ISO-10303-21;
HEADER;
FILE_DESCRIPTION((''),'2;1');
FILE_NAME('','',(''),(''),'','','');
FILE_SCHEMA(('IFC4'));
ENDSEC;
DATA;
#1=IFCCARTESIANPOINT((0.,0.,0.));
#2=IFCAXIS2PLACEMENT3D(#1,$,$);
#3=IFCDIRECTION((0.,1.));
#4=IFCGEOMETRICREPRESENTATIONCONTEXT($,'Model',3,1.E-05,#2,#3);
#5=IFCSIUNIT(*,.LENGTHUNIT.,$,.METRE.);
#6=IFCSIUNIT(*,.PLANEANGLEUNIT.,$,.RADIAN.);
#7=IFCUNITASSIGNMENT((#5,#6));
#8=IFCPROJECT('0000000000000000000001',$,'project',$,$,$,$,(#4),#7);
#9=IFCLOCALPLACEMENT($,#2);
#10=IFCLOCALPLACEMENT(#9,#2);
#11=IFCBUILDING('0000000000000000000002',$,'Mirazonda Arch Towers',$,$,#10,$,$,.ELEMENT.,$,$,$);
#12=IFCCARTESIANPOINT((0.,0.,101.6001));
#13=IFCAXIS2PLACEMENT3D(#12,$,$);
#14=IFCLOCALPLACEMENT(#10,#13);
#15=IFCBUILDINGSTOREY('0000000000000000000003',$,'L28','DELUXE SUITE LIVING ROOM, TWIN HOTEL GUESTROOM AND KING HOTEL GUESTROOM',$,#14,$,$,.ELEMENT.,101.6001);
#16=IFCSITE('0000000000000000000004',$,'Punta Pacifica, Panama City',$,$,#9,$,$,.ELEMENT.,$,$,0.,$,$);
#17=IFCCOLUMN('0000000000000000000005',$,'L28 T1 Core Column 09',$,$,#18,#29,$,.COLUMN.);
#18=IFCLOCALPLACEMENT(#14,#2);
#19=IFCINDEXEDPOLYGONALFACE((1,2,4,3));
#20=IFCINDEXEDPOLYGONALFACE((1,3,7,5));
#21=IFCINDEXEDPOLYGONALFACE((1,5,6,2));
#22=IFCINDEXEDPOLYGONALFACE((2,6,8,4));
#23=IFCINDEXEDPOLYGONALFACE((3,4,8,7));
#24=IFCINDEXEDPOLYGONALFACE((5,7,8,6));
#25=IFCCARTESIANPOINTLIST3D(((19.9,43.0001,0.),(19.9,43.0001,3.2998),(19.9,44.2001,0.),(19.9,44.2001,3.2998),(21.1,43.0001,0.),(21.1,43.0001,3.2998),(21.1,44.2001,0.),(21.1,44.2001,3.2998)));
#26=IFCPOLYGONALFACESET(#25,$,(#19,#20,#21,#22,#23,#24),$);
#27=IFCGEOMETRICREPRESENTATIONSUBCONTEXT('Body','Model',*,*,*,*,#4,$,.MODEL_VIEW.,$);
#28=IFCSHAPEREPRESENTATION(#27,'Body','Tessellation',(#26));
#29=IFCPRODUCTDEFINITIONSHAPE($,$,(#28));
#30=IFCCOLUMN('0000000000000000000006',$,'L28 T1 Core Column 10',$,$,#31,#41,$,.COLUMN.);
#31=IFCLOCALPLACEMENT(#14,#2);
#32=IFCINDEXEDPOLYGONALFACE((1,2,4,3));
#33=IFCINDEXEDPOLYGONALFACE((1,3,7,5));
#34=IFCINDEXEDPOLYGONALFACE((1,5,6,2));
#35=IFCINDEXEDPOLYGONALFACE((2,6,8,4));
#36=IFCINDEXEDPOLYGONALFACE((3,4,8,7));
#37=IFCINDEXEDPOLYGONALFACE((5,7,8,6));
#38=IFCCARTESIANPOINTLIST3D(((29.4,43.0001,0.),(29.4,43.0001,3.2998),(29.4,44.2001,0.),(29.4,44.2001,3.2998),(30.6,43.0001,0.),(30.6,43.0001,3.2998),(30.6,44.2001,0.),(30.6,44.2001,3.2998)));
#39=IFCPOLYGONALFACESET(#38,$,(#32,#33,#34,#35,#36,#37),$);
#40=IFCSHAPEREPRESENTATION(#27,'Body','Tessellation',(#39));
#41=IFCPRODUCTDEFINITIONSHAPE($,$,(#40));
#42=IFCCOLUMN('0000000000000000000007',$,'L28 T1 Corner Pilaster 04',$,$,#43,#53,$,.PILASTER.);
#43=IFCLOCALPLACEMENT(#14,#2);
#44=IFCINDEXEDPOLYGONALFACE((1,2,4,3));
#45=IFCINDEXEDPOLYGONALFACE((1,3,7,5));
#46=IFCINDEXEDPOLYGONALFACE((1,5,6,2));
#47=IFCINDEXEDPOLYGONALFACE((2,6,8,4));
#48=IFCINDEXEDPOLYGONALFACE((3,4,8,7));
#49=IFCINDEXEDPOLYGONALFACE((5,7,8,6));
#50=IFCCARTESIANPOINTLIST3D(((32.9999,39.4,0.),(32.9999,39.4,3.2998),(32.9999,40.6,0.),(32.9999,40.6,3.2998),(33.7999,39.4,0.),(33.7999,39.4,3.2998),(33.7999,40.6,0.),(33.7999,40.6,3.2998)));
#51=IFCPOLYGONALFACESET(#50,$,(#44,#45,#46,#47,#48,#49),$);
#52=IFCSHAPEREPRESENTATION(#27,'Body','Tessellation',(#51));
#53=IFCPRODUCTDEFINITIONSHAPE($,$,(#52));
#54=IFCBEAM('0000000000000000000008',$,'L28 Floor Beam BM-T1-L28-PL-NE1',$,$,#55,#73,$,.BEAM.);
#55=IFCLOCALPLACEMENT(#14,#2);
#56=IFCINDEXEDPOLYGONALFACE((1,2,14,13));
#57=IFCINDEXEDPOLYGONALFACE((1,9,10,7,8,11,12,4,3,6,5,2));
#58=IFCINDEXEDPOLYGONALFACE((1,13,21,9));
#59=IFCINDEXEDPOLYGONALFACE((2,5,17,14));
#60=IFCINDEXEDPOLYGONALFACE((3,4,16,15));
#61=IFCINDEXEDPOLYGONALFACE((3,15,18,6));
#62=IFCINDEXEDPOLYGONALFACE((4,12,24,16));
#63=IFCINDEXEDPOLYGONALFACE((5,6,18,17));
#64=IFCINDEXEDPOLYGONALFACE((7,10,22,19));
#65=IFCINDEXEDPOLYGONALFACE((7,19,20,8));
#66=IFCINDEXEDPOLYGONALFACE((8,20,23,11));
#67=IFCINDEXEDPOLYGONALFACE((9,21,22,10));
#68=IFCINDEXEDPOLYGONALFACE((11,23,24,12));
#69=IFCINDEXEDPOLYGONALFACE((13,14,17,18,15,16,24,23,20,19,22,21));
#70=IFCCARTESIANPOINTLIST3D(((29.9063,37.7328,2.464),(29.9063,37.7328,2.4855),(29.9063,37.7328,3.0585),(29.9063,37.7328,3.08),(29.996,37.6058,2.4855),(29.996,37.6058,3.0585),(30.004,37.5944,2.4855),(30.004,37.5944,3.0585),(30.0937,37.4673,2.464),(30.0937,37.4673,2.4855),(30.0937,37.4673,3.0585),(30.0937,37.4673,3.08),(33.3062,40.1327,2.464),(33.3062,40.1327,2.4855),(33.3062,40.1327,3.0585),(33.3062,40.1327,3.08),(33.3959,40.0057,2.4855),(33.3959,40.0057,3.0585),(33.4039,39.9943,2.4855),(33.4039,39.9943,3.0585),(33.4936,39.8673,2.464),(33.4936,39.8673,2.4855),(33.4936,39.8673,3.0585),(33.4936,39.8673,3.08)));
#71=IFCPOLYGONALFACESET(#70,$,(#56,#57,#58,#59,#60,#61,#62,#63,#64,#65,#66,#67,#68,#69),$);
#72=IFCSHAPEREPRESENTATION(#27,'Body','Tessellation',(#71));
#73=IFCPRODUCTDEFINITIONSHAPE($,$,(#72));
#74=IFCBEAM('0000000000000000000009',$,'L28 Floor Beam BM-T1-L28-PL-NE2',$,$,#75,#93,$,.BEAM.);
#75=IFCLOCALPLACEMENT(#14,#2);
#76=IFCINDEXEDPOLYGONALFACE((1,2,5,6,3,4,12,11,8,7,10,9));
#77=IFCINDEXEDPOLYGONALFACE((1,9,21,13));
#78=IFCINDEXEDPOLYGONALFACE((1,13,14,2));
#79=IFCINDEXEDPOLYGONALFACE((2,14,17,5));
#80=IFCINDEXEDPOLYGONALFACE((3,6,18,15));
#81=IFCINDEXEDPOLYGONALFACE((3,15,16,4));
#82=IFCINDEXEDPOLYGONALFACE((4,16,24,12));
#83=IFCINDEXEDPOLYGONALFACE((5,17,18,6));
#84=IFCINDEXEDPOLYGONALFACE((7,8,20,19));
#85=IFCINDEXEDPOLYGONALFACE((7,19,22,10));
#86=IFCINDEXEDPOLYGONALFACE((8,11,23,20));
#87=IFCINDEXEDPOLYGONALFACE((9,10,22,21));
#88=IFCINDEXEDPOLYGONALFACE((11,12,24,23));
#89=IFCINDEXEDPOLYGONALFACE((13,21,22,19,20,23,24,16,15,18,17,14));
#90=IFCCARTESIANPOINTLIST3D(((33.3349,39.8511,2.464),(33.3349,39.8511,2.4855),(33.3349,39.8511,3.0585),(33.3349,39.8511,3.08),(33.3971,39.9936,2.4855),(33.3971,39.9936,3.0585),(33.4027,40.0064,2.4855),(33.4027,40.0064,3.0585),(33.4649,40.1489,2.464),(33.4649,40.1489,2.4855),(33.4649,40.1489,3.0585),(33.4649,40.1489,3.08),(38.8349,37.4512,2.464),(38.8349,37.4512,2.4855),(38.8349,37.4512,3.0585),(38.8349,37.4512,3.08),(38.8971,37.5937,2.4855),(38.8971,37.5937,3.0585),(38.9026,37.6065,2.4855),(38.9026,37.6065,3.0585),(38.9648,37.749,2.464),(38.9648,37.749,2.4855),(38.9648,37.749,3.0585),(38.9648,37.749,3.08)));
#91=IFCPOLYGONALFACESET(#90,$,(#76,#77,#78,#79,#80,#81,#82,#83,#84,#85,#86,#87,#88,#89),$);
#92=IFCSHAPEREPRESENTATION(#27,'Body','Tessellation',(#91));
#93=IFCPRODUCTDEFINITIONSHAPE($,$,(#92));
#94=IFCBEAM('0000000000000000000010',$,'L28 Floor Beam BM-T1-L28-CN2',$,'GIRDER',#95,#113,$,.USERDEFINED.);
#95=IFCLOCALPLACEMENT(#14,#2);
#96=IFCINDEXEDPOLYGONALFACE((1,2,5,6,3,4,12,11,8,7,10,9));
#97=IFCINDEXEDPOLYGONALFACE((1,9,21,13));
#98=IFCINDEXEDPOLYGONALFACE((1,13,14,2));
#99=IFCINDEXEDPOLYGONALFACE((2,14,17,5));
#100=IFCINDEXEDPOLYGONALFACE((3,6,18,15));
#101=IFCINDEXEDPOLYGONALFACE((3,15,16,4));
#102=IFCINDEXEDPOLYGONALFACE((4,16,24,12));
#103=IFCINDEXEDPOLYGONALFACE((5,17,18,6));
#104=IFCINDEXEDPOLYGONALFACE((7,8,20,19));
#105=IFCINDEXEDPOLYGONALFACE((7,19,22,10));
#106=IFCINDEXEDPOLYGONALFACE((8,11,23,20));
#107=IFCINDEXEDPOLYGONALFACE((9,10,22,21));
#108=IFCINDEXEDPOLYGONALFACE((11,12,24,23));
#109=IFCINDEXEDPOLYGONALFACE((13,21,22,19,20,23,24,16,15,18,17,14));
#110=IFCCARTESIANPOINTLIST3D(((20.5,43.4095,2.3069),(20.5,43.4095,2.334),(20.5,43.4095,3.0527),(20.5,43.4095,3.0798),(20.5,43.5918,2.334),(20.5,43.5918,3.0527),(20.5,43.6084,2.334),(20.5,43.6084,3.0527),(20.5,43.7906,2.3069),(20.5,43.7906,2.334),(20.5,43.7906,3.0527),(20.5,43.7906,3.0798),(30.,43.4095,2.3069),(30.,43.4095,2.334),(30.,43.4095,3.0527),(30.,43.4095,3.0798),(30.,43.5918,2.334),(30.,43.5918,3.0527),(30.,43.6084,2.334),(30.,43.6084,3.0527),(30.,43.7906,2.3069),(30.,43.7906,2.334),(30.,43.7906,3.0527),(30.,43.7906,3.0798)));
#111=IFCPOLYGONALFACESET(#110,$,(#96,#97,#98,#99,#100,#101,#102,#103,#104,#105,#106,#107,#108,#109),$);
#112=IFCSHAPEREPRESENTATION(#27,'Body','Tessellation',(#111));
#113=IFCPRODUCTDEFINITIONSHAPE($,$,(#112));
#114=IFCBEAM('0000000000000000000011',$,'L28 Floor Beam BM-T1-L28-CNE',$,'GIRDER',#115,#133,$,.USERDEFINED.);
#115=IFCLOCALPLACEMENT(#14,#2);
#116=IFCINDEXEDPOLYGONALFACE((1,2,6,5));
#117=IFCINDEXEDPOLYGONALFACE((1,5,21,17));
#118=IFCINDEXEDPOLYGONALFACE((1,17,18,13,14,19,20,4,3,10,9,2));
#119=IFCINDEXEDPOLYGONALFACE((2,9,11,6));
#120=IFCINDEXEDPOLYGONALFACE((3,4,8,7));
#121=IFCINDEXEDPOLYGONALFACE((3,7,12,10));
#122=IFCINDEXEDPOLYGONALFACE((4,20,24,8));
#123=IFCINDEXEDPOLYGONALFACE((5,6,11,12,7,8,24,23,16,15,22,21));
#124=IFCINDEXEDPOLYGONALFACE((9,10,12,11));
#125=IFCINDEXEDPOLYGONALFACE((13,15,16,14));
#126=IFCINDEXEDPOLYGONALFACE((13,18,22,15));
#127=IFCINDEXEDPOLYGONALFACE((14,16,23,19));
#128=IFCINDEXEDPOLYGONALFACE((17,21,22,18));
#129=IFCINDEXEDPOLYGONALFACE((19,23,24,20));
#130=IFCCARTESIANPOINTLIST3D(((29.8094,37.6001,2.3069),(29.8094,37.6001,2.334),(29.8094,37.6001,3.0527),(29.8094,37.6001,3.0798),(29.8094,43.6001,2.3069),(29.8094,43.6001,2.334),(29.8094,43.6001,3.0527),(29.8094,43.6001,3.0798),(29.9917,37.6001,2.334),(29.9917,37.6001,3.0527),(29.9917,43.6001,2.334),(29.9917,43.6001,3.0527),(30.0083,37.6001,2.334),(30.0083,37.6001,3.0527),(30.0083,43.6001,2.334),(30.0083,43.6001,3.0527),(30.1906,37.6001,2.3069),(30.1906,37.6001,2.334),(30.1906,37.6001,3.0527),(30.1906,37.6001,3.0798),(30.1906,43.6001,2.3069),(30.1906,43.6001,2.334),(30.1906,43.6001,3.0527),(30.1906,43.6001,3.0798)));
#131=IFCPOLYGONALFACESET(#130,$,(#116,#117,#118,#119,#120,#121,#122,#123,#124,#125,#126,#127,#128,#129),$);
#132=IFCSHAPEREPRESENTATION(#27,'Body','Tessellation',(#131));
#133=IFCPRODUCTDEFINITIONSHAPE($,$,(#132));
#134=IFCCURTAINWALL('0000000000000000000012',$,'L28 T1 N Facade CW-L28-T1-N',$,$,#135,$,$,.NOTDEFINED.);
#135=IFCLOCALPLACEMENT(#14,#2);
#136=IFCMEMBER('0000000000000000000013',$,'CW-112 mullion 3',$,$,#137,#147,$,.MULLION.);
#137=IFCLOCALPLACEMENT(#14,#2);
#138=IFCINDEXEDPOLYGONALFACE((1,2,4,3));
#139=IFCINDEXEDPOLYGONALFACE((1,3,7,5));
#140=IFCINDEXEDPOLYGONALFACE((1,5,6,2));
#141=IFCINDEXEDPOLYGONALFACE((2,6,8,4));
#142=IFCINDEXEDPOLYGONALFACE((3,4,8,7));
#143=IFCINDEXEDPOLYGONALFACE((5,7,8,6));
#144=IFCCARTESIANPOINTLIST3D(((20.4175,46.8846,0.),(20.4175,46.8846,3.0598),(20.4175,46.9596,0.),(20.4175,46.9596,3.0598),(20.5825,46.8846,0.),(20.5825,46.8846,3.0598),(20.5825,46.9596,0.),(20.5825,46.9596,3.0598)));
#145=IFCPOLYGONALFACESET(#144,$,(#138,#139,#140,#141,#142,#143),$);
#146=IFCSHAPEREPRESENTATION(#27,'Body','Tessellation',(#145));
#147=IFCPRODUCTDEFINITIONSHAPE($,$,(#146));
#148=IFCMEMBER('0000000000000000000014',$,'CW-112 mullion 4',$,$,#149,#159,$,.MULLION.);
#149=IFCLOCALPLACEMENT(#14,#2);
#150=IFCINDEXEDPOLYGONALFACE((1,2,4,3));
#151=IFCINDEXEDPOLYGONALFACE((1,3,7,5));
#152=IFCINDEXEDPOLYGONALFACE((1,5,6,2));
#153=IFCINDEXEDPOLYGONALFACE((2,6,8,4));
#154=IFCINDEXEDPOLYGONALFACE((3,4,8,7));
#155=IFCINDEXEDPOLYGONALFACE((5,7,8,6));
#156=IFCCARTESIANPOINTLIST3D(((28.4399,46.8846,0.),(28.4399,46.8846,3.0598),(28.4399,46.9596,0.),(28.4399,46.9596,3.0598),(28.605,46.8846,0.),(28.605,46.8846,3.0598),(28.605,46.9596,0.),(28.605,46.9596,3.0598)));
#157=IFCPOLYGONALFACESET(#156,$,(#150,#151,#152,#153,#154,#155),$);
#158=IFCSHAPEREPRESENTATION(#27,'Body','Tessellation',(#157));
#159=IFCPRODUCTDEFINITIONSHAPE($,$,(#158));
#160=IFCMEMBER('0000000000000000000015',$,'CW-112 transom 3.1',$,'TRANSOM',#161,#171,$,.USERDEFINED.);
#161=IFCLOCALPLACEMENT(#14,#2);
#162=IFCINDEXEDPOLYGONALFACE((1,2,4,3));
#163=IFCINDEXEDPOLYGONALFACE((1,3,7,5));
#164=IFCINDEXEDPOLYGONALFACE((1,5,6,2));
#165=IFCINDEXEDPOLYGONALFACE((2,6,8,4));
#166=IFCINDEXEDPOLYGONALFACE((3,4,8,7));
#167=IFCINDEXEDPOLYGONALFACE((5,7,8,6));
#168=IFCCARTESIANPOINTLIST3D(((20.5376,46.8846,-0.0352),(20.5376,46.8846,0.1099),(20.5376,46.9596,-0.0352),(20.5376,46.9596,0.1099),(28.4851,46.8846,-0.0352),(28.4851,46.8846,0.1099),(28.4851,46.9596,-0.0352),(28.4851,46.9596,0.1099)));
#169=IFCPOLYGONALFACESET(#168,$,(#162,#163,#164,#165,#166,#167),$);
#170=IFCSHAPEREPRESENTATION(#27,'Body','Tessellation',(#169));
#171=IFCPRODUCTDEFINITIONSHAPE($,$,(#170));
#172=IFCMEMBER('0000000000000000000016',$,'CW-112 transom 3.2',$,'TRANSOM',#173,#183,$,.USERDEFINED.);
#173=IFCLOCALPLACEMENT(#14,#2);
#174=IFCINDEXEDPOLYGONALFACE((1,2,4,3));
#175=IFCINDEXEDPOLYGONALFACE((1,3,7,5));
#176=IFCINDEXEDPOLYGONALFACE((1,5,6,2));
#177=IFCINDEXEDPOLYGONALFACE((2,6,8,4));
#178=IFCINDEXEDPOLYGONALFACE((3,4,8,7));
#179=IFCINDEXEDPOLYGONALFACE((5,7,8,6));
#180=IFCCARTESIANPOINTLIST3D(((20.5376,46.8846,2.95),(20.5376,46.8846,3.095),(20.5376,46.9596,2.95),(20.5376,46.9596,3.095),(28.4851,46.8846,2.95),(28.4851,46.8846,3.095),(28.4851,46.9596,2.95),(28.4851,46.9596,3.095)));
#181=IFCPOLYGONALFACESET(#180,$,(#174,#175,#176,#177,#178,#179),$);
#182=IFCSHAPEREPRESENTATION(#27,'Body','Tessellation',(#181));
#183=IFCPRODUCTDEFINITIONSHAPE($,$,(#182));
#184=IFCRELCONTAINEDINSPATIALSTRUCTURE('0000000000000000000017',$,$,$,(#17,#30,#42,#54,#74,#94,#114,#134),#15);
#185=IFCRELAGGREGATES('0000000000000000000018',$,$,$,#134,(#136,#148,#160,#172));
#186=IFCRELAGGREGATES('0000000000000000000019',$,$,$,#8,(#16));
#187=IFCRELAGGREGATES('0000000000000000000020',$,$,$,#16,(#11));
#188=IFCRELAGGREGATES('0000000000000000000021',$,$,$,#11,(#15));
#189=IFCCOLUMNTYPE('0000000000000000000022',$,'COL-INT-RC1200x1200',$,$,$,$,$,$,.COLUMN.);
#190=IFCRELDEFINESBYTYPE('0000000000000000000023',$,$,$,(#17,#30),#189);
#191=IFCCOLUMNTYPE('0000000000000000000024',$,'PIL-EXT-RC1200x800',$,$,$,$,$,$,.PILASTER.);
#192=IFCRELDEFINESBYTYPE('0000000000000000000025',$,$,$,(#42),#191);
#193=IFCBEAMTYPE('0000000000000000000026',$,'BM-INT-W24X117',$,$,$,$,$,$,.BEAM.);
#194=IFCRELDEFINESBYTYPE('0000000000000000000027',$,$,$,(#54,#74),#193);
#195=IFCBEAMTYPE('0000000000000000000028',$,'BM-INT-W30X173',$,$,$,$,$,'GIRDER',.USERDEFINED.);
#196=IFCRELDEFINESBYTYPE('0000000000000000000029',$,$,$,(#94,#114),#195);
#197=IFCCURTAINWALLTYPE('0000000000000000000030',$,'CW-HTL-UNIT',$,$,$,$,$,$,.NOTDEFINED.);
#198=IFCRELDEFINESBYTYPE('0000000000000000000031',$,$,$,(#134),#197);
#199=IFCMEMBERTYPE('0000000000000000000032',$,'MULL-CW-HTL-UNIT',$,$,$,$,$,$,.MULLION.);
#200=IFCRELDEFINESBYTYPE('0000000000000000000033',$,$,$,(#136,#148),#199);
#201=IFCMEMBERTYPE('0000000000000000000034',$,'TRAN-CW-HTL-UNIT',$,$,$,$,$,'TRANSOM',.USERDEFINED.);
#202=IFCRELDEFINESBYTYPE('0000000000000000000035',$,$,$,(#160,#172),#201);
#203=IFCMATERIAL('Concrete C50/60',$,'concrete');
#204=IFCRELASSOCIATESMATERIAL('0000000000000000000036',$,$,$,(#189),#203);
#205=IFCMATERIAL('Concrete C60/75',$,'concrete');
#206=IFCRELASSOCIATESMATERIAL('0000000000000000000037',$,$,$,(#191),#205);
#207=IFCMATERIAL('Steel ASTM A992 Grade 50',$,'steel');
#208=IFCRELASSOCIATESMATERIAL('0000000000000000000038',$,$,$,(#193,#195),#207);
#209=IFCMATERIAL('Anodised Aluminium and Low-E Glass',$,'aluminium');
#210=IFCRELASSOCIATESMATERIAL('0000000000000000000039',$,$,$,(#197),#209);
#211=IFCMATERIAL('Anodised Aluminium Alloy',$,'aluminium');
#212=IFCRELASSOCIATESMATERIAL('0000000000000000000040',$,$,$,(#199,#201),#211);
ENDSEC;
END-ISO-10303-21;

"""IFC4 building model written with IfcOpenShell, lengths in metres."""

from ifc_helpers import new_model, si_unit, direction, frame, origin, origin_2d, place, context, subcontext, project, spatial, rectangle, i_section, extrude, material, material_profile, profile_set, type_object, element, aggregate, save


model = new_model("IFC4")

# Units and contexts
model_context = context("Model", 3, precision=1e-05, world=origin(), true_north=direction((0.0, 1.0)))
body_context = subcontext(model_context, "Body", "Model", "MODEL_VIEW")
ifc_project = project(units=[si_unit("LENGTHUNIT", "METRE"), si_unit("PLANEANGLEUNIT", "RADIAN")], contexts=[model_context])

# Site, building, storey
site_placement = place(None, origin())
site = spatial("IfcSite", under=ifc_project, at=site_placement, Name="Punta Pacifica, Panama City", CompositionType="ELEMENT", RefElevation=0.0)
building_placement = place(site_placement, origin())
building = spatial("IfcBuilding", under=site, at=building_placement, Name="Mirazonda Arch Towers", CompositionType="ELEMENT")
storey_placement = place(building_placement, frame((0.0, 0.0, 101.6001)))
storey = spatial("IfcBuildingStorey", under=building, at=storey_placement, Name="L28", Description="DELUXE SUITE LIVING ROOM, TWIN HOTEL GUESTROOM AND KING HOTEL GUESTROOM", CompositionType="ELEMENT", Elevation=101.6001)

# Columns
ifc_material_1 = material(Name="Concrete C50/60", Category="concrete")
ifc_material_profile_1 = material_profile(ifc_material_1, rectangle(XDim=1.2, YDim=1.2, at=origin_2d()), Name="RC1200x1200")
ifc_profile_set_1 = profile_set([ifc_material_profile_1], Name="Concrete C50/60")
column_type_1 = type_object("IfcColumnType", Name="COL-INT-RC1200x1200", PredefinedType="COLUMN", material=ifc_profile_set_1)
for number, where, z_axis, x_axis, name in (
    (1, (20.5, 43.6001, 0.0), (0.0, 0.0, 1.0), (1.0, 0.0, 0.0), "L28 T1 Core Column 09"),
    (2, (30.0, 43.6001, 0.0), (0.0, 0.0, 1.0), (1.0, 0.0, 0.0), "L28 T1 Core Column 10"),
):
    element("IfcColumn", number, at=place(storey_placement, frame(where, z_axis=z_axis, x_axis=x_axis)), inside=storey, type_object=column_type_1, Name=name, PredefinedType="COLUMN", context=body_context, shape_type="SweptSolid", body=[
        extrude(rectangle(XDim=1.2, YDim=1.2, at=origin_2d()), origin(), (0.0, 0.0, 1.0), 3.2998),
    ])
ifc_material_2 = material(Name="Concrete C60/75", Category="concrete")
ifc_material_profile_2 = material_profile(ifc_material_2, rectangle(XDim=0.8, YDim=1.2, at=origin_2d()), Name="RC1200x800")
ifc_profile_set_2 = profile_set([ifc_material_profile_2], Name="Concrete C60/75")
column_type_2 = type_object("IfcColumnType", Name="PIL-EXT-RC1200x800", PredefinedType="PILASTER", material=ifc_profile_set_2)
column_placement = place(storey_placement, frame((33.3999, 40.0, 0.0), z_axis=(0.0, 0.0, 1.0), x_axis=(1.0, 0.0, 0.0)))
element("IfcColumn", 3, at=column_placement, inside=storey, type_object=column_type_2, Name="L28 T1 Corner Pilaster 04", PredefinedType="PILASTER", context=body_context, shape_type="SweptSolid", body=[
    extrude(rectangle(XDim=0.8, YDim=1.2, at=origin_2d()), origin(), (0.0, 0.0, 1.0), 3.2998),
])

# Beams
ifc_material_3 = material(Name="Steel ASTM A992 Grade 50", Category="steel")
ifc_material_profile_3 = material_profile(ifc_material_3, i_section(OverallWidth=0.325, OverallDepth=0.616, WebThickness=0.0139, FlangeThickness=0.0215, at=origin_2d()), Name="W24X117")
ifc_profile_set_3 = profile_set([ifc_material_profile_3], Name="Steel ASTM A992 Grade 50")
beam_type_1 = type_object("IfcBeamType", Name="BM-INT-W24X117", PredefinedType="BEAM", material=ifc_profile_set_3)
beam_1_placement = place(storey_placement, frame((33.3999, 40.0, 2.772), z_axis=(-0.816971, -0.576679, 0.0), x_axis=(0.576679, -0.816971, 0.0)))
element("IfcBeam", 4, at=beam_1_placement, inside=storey, type_object=beam_type_1, Name="L28 Floor Beam BM-T1-L28-PL-NE1", PredefinedType="BEAM", context=body_context, shape_type="SweptSolid", body=[
    extrude(i_section(OverallWidth=0.325, OverallDepth=0.616, WebThickness=0.0139, FlangeThickness=0.0215, at=origin_2d()), origin(), (0.0, 0.0, 1.0), 4.1616),
])
beam_2_placement = place(storey_placement, frame((33.3999, 40.0, 2.772), z_axis=(0.916545, -0.399931, 0.0), x_axis=(0.399931, 0.916545, 0.0)))
element("IfcBeam", 5, at=beam_2_placement, inside=storey, type_object=beam_type_1, Name="L28 Floor Beam BM-T1-L28-PL-NE2", PredefinedType="BEAM", context=body_context, shape_type="SweptSolid", body=[
    extrude(i_section(OverallWidth=0.325, OverallDepth=0.616, WebThickness=0.0139, FlangeThickness=0.0215, at=origin_2d()), origin(), (0.0, 0.0, 1.0), 6.0007),
])
ifc_material_profile_4 = material_profile(ifc_material_3, i_section(OverallWidth=0.3811, OverallDepth=0.7729, WebThickness=0.0166, FlangeThickness=0.0271, at=origin_2d()), Name="W30X173")
ifc_profile_set_4 = profile_set([ifc_material_profile_4], Name="Steel ASTM A992 Grade 50")
beam_type_2 = type_object("IfcBeamType", Name="BM-INT-W30X173", ElementType="GIRDER", PredefinedType="USERDEFINED", material=ifc_profile_set_4)
beam_3_placement = place(storey_placement, frame((20.5, 43.6001, 2.6934), z_axis=(1.0, 0.0, 0.0), x_axis=(0.0, 1.0, 0.0)))
element("IfcBeam", 6, at=beam_3_placement, inside=storey, type_object=beam_type_2, Name="L28 Floor Beam BM-T1-L28-CN2", ObjectType="GIRDER", PredefinedType="USERDEFINED", context=body_context, shape_type="SweptSolid", body=[
    extrude(i_section(OverallWidth=0.3811, OverallDepth=0.7729, WebThickness=0.0166, FlangeThickness=0.0271, at=origin_2d()), origin(), (0.0, 0.0, 1.0), 9.5),
])
beam_4_placement = place(storey_placement, frame((30.0, 37.6001, 2.6934), z_axis=(0.0, 1.0, 0.0), x_axis=(-1.0, 0.0, 0.0)))
element("IfcBeam", 7, at=beam_4_placement, inside=storey, type_object=beam_type_2, Name="L28 Floor Beam BM-T1-L28-CNE", ObjectType="GIRDER", PredefinedType="USERDEFINED", context=body_context, shape_type="SweptSolid", body=[
    extrude(i_section(OverallWidth=0.3811, OverallDepth=0.7729, WebThickness=0.0166, FlangeThickness=0.0271, at=origin_2d()), origin(), (0.0, 0.0, 1.0), 6.0),
])

# Curtain wall, members
ifc_material_4 = material(Name="Anodised Aluminium and Low-E Glass", Category="aluminium")
curtain_wall_type = type_object("IfcCurtainWallType", Name="CW-HTL-UNIT", PredefinedType="NOTDEFINED", material=ifc_material_4)
curtain_wall_placement = place(storey_placement, origin())
curtain_wall = element("IfcCurtainWall", 8, at=curtain_wall_placement, inside=storey, type_object=curtain_wall_type, Name="L28 T1 N Facade CW-L28-T1-N", PredefinedType="NOTDEFINED")
ifc_material_5 = material(Name="Anodised Aluminium Alloy", Category="aluminium")
ifc_material_profile_5 = material_profile(ifc_material_5, rectangle(XDim=0.075, YDim=0.165, at=origin_2d()), Name="ALU-MULL-75x165")
ifc_profile_set_5 = profile_set([ifc_material_profile_5], Name="Anodised Aluminium Alloy")
member_type_1 = type_object("IfcMemberType", Name="MULL-CW-HTL-UNIT", PredefinedType="MULLION", material=ifc_profile_set_5)
member_1_placement = place(storey_placement, frame((20.5, 46.9221, 0.0), z_axis=(0.0, 0.0, 1.0), x_axis=(0.0, 1.0, 0.0)))
member_1 = element("IfcMember", 9, at=member_1_placement, type_object=member_type_1, Name="CW-112 mullion 3", PredefinedType="MULLION", context=body_context, shape_type="SweptSolid", body=[
    extrude(rectangle(XDim=0.075, YDim=0.165, at=origin_2d()), origin(), (0.0, 0.0, 1.0), 3.0598),
])
member_2_placement = place(storey_placement, frame((28.5225, 46.9221, 0.0), z_axis=(0.0, 0.0, 1.0), x_axis=(0.0, 1.0, 0.0)))
member_2 = element("IfcMember", 10, at=member_2_placement, type_object=member_type_1, Name="CW-112 mullion 4", PredefinedType="MULLION", context=body_context, shape_type="SweptSolid", body=[
    extrude(rectangle(XDim=0.075, YDim=0.165, at=origin_2d()), origin(), (0.0, 0.0, 1.0), 3.0598),
])
ifc_material_profile_6 = material_profile(ifc_material_5, rectangle(XDim=0.075, YDim=0.145, at=origin_2d()), Name="ALU-TRAN-75x145")
ifc_profile_set_6 = profile_set([ifc_material_profile_6], Name="Anodised Aluminium Alloy")
member_type_2 = type_object("IfcMemberType", Name="TRAN-CW-HTL-UNIT", ElementType="TRANSOM", PredefinedType="USERDEFINED", material=ifc_profile_set_6)
member_3_placement = place(storey_placement, frame((20.5376, 46.9221, 0.0374), z_axis=(1.0, 0.0, 0.0), x_axis=(0.0, 1.0, 0.0)))
member_3 = element("IfcMember", 11, at=member_3_placement, type_object=member_type_2, Name="CW-112 transom 3.1", ObjectType="TRANSOM", PredefinedType="USERDEFINED", context=body_context, shape_type="SweptSolid", body=[
    extrude(rectangle(XDim=0.075, YDim=0.145, at=origin_2d()), origin(), (0.0, 0.0, 1.0), 7.9475),
])
member_4_placement = place(storey_placement, frame((20.5376, 46.9221, 3.0225), z_axis=(1.0, 0.0, 0.0), x_axis=(0.0, 1.0, 0.0)))
member_4 = element("IfcMember", 12, at=member_4_placement, type_object=member_type_2, Name="CW-112 transom 3.2", ObjectType="TRANSOM", PredefinedType="USERDEFINED", context=body_context, shape_type="SweptSolid", body=[
    extrude(rectangle(XDim=0.075, YDim=0.145, at=origin_2d()), origin(), (0.0, 0.0, 1.0), 7.9475),
])
aggregate(curtain_wall, [member_1, member_2, member_3, member_4])

save(model, "model.ifc")
